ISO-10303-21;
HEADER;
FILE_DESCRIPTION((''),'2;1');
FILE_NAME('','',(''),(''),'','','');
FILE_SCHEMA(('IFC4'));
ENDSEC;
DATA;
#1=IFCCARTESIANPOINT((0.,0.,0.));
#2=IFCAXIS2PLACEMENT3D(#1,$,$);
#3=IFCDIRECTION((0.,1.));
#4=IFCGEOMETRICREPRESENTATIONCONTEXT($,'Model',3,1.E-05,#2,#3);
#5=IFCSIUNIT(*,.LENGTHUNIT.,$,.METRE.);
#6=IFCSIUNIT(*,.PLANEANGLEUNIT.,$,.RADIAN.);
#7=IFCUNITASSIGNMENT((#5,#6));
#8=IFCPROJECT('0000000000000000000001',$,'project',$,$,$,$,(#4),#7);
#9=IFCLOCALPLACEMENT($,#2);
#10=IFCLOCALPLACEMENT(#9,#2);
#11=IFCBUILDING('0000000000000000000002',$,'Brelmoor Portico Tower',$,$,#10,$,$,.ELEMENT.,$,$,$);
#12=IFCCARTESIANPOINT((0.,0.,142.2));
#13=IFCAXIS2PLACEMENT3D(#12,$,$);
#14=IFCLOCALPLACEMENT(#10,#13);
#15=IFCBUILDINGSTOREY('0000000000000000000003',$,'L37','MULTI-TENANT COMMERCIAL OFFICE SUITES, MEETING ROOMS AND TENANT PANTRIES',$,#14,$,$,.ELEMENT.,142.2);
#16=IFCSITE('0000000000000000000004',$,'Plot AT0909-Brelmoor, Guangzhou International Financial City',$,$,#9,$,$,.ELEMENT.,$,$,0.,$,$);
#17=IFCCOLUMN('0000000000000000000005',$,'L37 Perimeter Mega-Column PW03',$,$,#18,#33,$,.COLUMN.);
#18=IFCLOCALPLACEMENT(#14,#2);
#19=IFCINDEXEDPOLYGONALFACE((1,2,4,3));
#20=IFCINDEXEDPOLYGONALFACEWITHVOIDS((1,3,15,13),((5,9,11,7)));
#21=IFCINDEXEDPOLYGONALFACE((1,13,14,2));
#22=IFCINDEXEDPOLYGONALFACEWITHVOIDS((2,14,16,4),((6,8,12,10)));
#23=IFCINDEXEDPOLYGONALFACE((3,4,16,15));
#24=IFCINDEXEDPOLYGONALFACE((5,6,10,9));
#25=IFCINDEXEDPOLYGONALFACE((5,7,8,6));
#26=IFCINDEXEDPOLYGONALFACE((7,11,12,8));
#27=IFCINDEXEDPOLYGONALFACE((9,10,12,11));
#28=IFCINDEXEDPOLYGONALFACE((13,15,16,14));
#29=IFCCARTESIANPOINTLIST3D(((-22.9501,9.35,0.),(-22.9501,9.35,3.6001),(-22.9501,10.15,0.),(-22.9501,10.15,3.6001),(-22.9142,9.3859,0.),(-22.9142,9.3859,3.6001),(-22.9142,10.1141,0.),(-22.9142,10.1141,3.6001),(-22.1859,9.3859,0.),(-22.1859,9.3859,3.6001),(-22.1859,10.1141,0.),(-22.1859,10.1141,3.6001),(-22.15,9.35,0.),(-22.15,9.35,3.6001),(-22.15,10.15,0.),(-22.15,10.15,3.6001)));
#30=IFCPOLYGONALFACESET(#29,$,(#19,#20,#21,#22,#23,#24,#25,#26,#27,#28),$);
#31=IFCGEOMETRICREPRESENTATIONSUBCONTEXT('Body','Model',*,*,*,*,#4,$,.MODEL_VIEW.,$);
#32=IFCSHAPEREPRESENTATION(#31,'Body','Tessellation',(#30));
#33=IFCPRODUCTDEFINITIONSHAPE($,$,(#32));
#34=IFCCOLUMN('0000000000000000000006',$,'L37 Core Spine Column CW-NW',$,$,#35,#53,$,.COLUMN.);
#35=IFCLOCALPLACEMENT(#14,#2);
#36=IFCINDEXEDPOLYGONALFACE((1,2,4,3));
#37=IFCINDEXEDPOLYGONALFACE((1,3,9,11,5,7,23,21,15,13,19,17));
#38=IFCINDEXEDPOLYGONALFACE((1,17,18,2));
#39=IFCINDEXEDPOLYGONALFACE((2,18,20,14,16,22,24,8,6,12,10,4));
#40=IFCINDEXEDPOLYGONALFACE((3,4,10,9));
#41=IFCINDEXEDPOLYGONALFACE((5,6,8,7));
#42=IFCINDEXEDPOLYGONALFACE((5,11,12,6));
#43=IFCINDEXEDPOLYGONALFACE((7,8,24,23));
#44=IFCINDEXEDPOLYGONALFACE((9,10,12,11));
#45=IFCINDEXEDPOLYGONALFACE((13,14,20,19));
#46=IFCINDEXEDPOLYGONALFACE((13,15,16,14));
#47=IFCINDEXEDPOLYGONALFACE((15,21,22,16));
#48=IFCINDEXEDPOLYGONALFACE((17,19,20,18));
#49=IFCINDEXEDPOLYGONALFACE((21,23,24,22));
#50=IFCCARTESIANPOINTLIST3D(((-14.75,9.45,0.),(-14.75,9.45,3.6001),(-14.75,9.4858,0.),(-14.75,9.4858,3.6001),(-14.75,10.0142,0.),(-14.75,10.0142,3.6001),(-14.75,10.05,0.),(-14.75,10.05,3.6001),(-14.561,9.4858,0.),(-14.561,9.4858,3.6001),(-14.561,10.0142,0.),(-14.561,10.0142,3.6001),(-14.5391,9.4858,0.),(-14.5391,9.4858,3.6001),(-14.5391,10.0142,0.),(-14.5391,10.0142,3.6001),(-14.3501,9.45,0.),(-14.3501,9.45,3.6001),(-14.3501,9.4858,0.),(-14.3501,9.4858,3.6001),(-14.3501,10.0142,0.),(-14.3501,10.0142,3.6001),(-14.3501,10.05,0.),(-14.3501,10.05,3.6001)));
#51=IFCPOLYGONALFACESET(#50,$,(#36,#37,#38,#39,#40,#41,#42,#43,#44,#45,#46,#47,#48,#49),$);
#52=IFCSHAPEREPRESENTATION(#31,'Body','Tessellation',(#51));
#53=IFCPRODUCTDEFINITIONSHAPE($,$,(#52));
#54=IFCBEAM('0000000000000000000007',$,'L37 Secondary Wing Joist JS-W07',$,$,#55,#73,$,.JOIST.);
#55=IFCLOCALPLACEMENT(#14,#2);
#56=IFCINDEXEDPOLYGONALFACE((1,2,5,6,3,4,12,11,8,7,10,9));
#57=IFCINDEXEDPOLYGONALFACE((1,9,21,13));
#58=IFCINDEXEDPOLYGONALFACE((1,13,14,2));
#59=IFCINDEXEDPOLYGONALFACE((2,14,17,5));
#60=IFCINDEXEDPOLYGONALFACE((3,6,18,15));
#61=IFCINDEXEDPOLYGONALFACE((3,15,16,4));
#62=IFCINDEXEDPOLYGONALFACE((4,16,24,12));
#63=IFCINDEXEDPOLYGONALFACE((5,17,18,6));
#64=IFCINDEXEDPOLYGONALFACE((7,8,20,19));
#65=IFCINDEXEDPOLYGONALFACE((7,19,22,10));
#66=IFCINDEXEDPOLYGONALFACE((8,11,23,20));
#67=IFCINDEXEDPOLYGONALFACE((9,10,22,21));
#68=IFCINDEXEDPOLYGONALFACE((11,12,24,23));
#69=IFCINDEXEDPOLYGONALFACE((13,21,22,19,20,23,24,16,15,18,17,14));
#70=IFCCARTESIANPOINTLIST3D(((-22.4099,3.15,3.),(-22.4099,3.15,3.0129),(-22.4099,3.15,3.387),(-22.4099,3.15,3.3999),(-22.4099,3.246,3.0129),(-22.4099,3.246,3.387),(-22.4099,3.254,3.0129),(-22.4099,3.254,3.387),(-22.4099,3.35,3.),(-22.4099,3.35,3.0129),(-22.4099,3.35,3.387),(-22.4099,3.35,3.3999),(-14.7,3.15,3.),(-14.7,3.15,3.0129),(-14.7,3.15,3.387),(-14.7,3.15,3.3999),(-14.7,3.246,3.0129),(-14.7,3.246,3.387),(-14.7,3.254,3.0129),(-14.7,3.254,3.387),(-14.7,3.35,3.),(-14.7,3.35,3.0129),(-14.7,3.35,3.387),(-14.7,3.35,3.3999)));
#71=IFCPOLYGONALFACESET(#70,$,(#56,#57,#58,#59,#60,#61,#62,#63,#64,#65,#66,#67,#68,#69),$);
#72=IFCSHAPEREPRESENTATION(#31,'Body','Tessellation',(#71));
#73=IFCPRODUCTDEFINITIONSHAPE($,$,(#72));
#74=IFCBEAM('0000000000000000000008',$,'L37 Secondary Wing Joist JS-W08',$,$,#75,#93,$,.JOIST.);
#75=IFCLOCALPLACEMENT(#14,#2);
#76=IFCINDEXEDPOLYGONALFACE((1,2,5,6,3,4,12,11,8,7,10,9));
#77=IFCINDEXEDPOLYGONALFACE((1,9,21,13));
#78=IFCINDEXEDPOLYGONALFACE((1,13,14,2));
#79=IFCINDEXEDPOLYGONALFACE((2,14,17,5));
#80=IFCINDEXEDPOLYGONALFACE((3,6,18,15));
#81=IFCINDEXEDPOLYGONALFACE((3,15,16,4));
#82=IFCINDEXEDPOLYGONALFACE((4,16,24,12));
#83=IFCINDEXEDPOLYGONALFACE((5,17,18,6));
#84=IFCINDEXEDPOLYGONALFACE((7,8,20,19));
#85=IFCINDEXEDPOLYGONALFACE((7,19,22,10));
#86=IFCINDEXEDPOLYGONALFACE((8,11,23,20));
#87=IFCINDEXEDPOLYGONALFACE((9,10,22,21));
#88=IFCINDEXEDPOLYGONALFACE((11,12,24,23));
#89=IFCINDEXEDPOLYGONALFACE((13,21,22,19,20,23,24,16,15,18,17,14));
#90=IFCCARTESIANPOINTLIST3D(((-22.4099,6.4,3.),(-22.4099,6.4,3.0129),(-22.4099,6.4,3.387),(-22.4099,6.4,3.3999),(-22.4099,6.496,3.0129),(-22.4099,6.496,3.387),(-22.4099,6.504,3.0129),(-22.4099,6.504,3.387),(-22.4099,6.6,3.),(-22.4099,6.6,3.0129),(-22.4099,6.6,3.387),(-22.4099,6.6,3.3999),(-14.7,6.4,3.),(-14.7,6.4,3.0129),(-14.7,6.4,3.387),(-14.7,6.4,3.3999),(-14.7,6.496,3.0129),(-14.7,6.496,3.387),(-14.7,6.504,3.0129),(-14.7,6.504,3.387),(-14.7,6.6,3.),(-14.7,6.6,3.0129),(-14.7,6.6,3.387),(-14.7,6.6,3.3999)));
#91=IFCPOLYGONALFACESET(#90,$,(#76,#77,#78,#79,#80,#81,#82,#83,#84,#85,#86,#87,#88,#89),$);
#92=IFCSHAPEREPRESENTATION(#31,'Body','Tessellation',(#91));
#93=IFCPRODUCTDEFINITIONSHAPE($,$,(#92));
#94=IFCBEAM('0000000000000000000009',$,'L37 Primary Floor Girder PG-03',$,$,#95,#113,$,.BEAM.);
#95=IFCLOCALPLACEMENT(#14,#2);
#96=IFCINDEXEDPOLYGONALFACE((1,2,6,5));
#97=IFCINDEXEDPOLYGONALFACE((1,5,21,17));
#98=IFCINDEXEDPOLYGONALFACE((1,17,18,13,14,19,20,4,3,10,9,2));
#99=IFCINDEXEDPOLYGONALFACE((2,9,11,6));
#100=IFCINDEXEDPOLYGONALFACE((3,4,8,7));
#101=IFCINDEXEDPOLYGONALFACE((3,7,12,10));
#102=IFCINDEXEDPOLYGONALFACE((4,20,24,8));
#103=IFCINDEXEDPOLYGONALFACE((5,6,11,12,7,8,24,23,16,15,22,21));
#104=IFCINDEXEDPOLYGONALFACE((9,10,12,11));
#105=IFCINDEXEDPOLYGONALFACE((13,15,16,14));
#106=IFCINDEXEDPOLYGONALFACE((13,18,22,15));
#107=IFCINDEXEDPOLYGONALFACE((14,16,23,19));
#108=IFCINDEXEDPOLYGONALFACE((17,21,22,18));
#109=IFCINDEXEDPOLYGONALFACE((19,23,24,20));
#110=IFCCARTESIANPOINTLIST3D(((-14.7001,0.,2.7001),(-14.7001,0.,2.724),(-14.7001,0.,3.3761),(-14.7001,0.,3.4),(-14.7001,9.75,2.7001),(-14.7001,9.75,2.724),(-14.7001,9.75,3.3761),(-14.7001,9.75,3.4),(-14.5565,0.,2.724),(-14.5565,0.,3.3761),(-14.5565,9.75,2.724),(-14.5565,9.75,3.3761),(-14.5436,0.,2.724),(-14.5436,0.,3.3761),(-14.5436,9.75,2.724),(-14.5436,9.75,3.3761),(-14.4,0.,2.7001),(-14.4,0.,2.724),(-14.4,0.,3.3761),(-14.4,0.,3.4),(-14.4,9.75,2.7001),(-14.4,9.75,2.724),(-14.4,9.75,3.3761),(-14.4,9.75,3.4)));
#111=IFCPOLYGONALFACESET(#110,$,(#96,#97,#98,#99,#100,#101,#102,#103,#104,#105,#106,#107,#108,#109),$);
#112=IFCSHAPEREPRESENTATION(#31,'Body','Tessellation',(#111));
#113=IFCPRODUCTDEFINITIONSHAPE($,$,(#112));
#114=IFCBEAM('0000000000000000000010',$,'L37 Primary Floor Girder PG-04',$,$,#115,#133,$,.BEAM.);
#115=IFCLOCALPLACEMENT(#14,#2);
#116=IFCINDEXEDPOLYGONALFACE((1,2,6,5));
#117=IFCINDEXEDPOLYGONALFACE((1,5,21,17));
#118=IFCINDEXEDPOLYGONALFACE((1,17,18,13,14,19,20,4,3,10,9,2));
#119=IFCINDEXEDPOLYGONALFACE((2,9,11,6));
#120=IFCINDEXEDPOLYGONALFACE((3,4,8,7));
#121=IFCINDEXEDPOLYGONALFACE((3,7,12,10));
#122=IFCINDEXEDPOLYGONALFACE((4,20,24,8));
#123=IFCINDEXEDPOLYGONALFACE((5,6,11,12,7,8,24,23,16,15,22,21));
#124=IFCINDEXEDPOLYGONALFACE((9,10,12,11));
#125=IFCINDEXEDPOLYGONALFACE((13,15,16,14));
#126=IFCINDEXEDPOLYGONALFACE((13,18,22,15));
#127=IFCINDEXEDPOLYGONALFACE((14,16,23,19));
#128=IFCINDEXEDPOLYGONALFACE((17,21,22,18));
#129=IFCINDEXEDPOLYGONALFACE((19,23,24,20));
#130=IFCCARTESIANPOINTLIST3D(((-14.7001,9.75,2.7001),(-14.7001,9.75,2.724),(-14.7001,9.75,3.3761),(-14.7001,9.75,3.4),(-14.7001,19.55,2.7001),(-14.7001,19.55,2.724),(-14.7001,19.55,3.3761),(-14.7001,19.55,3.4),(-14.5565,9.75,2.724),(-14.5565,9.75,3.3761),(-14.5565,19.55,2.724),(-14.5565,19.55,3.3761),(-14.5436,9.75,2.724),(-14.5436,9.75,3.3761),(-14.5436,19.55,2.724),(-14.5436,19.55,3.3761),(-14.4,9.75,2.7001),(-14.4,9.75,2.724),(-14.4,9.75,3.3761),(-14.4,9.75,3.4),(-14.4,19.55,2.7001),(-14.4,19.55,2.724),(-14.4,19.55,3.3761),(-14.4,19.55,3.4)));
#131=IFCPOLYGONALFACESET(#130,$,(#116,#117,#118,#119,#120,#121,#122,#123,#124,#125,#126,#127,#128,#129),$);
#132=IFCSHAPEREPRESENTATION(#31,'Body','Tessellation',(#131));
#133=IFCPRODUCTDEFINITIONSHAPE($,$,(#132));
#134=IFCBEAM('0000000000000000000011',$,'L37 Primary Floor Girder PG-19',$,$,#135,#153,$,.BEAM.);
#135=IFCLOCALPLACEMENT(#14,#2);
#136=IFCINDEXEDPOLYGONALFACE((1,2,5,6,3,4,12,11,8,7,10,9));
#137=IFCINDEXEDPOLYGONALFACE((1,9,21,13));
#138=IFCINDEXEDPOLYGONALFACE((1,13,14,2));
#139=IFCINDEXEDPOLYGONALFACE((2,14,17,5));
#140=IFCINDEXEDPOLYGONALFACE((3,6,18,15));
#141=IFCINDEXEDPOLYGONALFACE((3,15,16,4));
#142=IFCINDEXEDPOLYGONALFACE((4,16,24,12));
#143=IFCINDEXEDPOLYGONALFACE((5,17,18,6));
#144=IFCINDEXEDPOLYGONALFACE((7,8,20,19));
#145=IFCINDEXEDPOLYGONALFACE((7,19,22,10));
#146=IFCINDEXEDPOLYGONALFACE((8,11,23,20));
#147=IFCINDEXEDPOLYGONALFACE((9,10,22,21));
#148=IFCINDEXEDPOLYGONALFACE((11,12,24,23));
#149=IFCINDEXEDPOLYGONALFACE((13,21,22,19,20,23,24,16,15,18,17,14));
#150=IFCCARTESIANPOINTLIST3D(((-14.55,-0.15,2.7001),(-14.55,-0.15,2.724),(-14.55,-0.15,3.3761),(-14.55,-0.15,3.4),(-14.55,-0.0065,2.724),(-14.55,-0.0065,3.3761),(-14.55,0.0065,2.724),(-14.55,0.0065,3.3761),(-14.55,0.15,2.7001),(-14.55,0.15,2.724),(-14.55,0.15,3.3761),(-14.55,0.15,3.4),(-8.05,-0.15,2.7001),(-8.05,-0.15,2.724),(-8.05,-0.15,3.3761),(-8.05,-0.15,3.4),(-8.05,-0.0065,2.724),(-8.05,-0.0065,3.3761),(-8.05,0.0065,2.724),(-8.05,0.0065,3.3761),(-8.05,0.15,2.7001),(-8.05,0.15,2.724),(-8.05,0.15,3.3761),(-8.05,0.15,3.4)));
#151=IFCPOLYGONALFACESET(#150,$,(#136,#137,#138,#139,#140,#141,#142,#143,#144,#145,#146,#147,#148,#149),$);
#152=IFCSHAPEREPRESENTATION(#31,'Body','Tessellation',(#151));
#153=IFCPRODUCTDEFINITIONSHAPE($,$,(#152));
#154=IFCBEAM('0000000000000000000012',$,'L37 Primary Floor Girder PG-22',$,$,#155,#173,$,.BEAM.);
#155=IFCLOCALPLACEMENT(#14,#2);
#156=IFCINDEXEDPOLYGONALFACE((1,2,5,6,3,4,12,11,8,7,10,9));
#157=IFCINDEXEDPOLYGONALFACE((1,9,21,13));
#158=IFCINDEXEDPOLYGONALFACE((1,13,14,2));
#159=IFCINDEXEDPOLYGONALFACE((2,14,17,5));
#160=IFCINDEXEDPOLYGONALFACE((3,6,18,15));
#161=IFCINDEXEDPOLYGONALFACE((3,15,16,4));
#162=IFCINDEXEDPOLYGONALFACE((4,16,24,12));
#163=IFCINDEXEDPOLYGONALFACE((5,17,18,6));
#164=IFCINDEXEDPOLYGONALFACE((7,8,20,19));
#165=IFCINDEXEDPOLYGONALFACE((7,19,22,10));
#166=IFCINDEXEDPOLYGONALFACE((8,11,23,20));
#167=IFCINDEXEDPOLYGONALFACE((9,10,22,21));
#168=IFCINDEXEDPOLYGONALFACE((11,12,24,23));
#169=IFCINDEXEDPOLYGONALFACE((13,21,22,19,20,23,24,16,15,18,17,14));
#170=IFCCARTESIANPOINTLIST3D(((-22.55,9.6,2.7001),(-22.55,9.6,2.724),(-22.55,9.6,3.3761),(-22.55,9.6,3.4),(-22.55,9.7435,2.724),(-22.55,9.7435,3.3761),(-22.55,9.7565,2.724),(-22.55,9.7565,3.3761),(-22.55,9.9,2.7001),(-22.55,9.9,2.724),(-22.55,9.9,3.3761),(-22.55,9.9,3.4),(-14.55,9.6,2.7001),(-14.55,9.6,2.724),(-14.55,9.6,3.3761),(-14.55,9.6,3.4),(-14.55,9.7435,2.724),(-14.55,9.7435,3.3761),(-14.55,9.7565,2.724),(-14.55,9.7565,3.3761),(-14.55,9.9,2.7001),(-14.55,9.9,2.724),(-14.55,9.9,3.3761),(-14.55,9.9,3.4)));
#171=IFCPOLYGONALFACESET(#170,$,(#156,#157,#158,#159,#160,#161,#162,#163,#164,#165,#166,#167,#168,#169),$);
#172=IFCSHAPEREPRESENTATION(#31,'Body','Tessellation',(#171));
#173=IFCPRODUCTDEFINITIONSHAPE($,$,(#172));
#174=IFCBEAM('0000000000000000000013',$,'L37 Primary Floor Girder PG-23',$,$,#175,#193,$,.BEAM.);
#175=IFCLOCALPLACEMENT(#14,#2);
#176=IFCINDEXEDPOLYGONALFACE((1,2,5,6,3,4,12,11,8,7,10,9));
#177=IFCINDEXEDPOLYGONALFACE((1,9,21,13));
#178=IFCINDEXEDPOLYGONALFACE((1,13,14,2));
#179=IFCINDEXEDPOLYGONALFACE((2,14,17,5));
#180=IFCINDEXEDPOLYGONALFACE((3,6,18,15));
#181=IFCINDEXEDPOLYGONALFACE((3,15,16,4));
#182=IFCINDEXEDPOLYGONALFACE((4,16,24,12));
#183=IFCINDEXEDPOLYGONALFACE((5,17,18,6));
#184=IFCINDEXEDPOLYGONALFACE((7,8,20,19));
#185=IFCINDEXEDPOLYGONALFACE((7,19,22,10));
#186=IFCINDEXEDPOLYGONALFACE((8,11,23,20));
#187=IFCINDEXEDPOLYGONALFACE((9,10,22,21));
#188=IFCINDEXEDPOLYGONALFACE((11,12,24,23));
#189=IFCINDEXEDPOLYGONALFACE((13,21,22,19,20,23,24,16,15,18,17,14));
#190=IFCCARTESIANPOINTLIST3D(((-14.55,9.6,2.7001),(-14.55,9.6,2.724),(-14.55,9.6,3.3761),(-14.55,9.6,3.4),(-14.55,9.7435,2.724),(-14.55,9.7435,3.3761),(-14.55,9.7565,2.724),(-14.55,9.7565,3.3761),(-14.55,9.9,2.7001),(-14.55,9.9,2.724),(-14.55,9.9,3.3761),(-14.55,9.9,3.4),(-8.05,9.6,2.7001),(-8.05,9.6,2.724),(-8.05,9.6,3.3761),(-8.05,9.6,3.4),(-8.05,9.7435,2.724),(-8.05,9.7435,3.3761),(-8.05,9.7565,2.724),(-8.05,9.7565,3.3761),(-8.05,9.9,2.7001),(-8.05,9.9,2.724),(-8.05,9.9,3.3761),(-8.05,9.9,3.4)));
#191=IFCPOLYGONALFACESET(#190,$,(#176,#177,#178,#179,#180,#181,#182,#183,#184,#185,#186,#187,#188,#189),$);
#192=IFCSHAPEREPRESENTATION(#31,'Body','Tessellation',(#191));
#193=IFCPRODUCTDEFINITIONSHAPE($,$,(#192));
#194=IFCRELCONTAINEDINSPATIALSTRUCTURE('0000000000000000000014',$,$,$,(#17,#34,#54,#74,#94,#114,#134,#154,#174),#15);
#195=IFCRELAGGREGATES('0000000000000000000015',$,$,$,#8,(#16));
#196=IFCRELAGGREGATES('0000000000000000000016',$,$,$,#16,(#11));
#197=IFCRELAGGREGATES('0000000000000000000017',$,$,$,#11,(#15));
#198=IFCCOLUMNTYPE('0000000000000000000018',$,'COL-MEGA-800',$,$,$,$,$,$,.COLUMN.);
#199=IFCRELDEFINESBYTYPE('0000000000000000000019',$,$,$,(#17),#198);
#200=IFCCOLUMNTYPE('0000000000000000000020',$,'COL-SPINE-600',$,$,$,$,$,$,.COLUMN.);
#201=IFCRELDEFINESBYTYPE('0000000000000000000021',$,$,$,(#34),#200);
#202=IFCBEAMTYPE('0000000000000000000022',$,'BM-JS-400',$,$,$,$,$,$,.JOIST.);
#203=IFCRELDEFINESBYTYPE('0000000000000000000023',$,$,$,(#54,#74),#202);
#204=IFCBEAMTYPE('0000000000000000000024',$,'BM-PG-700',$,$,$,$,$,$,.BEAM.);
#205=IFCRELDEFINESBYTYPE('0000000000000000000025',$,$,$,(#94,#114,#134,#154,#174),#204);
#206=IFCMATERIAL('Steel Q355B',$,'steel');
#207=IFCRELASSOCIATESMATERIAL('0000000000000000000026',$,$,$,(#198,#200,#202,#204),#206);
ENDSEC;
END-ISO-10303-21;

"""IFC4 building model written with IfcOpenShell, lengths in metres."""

from ifc_helpers import new_model, si_unit, direction, frame, origin, origin_2d, place, context, subcontext, project, spatial, hollow_rectangle, i_section, extrude, material, material_profile, profile_set, type_object, element, save


model = new_model("IFC4")

# Units and contexts
model_context = context("Model", 3, precision=1e-05, world=origin(), true_north=direction((0.0, 1.0)))
body_context = subcontext(model_context, "Body", "Model", "MODEL_VIEW")
ifc_project = project(units=[si_unit("LENGTHUNIT", "METRE"), si_unit("PLANEANGLEUNIT", "RADIAN")], contexts=[model_context])

# Site, building, storey
site_placement = place(None, origin())
site = spatial("IfcSite", under=ifc_project, at=site_placement, Name="Plot AT0909-Brelmoor, Guangzhou International Financial City", CompositionType="ELEMENT", RefElevation=0.0)
building_placement = place(site_placement, origin())
building = spatial("IfcBuilding", under=site, at=building_placement, Name="Brelmoor Portico Tower", CompositionType="ELEMENT")
storey_placement = place(building_placement, frame((0.0, 0.0, 142.2)))
storey = spatial("IfcBuildingStorey", under=building, at=storey_placement, Name="L37", Description="MULTI-TENANT COMMERCIAL OFFICE SUITES, MEETING ROOMS AND TENANT PANTRIES", CompositionType="ELEMENT", Elevation=142.2)

# Columns
ifc_material_1 = material(Name="Steel Q355B", Category="steel")
ifc_material_profile_1 = material_profile(ifc_material_1, hollow_rectangle(XDim=0.8, YDim=0.8, WallThickness=0.0359, at=origin_2d()), Name="BOX 800x800x36")
ifc_profile_set_1 = profile_set([ifc_material_profile_1], Name="Steel Q355B")
column_type_1 = type_object("IfcColumnType", Name="COL-MEGA-800", PredefinedType="COLUMN", material=ifc_profile_set_1)
column_1_placement = place(storey_placement, frame((-22.55, 9.75, 0.0), z_axis=(0.0, 0.0, 1.0), x_axis=(0.0, 1.0, 0.0)))
element("IfcColumn", 1, at=column_1_placement, inside=storey, type_object=column_type_1, Name="L37 Perimeter Mega-Column PW03", PredefinedType="COLUMN", context=body_context, shape_type="SweptSolid", body=[
    extrude(hollow_rectangle(XDim=0.8, YDim=0.8, WallThickness=0.0359, at=origin_2d()), origin(), (0.0, 0.0, 1.0), 3.6001),
])
ifc_material_profile_2 = material_profile(ifc_material_1, i_section(OverallWidth=0.3999, OverallDepth=0.6001, WebThickness=0.022, FlangeThickness=0.0359, at=origin_2d()), Name="HW 600x400x22x36")
ifc_profile_set_2 = profile_set([ifc_material_profile_2], Name="Steel Q355B")
column_type_2 = type_object("IfcColumnType", Name="COL-SPINE-600", PredefinedType="COLUMN", material=ifc_profile_set_2)
column_2_placement = place(storey_placement, frame((-14.55, 9.75, 0.0), z_axis=(0.0, 0.0, 1.0), x_axis=(1.0, 0.0, 0.0)))
element("IfcColumn", 2, at=column_2_placement, inside=storey, type_object=column_type_2, Name="L37 Core Spine Column CW-NW", PredefinedType="COLUMN", context=body_context, shape_type="SweptSolid", body=[
    extrude(i_section(OverallWidth=0.3999, OverallDepth=0.6001, WebThickness=0.022, FlangeThickness=0.0359, at=origin_2d()), origin(), (0.0, 0.0, 1.0), 3.6001),
])

# Beams
ifc_material_profile_3 = material_profile(ifc_material_1, i_section(OverallWidth=0.2, OverallDepth=0.3999, WebThickness=0.0081, FlangeThickness=0.0129, at=origin_2d()), Name="HN 400x200x8x13")
ifc_profile_set_3 = profile_set([ifc_material_profile_3], Name="Steel Q355B")
beam_type_1 = type_object("IfcBeamType", Name="BM-JS-400", PredefinedType="JOIST", material=ifc_profile_set_3)
for number, where, z_axis, x_axis, name in (
    (3, (-22.4099, 3.25, 3.2), (1.0, 0.0, 0.0), (0.0, 1.0, 0.0), "L37 Secondary Wing Joist JS-W07"),
    (4, (-22.4099, 6.5, 3.2), (1.0, 0.0, 0.0), (0.0, 1.0, 0.0), "L37 Secondary Wing Joist JS-W08"),
):
    element("IfcBeam", number, at=place(storey_placement, frame(where, z_axis=z_axis, x_axis=x_axis)), inside=storey, type_object=beam_type_1, Name=name, PredefinedType="JOIST", context=body_context, shape_type="SweptSolid", body=[
        extrude(i_section(OverallWidth=0.2, OverallDepth=0.3999, WebThickness=0.0081, FlangeThickness=0.0129, at=origin_2d()), origin(), (0.0, 0.0, 1.0), 7.71),
    ])
ifc_material_profile_4 = material_profile(ifc_material_1, i_section(OverallWidth=0.3, OverallDepth=0.7, WebThickness=0.0129, FlangeThickness=0.0239, at=origin_2d()), Name="HN 700x300x13x24")
ifc_profile_set_4 = profile_set([ifc_material_profile_4], Name="Steel Q355B")
beam_type_2 = type_object("IfcBeamType", Name="BM-PG-700", PredefinedType="BEAM", material=ifc_profile_set_4)
beam_1_placement = place(storey_placement, frame((-14.55, 0.0, 3.05), z_axis=(0.0, 1.0, 0.0), x_axis=(-1.0, 0.0, 0.0)))
element("IfcBeam", 5, at=beam_1_placement, inside=storey, type_object=beam_type_2, Name="L37 Primary Floor Girder PG-03", PredefinedType="BEAM", context=body_context, shape_type="SweptSolid", body=[
    extrude(i_section(OverallWidth=0.3, OverallDepth=0.7, WebThickness=0.0129, FlangeThickness=0.0239, at=origin_2d()), origin(), (0.0, 0.0, 1.0), 9.75),
])
beam_2_placement = place(storey_placement, frame((-14.55, 9.75, 3.05), z_axis=(0.0, 1.0, 0.0), x_axis=(-1.0, 0.0, 0.0)))
element("IfcBeam", 6, at=beam_2_placement, inside=storey, type_object=beam_type_2, Name="L37 Primary Floor Girder PG-04", PredefinedType="BEAM", context=body_context, shape_type="SweptSolid", body=[
    extrude(i_section(OverallWidth=0.3, OverallDepth=0.7, WebThickness=0.0129, FlangeThickness=0.0239, at=origin_2d()), origin(), (0.0, 0.0, 1.0), 9.8),
])
beam_3_placement = place(storey_placement, frame((-14.55, 0.0, 3.05), z_axis=(1.0, 0.0, 0.0), x_axis=(0.0, 1.0, 0.0)))
element("IfcBeam", 7, at=beam_3_placement, inside=storey, type_object=beam_type_2, Name="L37 Primary Floor Girder PG-19", PredefinedType="BEAM", context=body_context, shape_type="SweptSolid", body=[
    extrude(i_section(OverallWidth=0.3, OverallDepth=0.7, WebThickness=0.0129, FlangeThickness=0.0239, at=origin_2d()), origin(), (0.0, 0.0, 1.0), 6.5),
])
beam_4_placement = place(storey_placement, frame((-22.55, 9.75, 3.05), z_axis=(1.0, 0.0, 0.0), x_axis=(0.0, 1.0, 0.0)))
element("IfcBeam", 8, at=beam_4_placement, inside=storey, type_object=beam_type_2, Name="L37 Primary Floor Girder PG-22", PredefinedType="BEAM", context=body_context, shape_type="SweptSolid", body=[
    extrude(i_section(OverallWidth=0.3, OverallDepth=0.7, WebThickness=0.0129, FlangeThickness=0.0239, at=origin_2d()), origin(), (0.0, 0.0, 1.0), 8.0),
])
beam_5_placement = place(storey_placement, frame((-14.55, 9.75, 3.05), z_axis=(1.0, 0.0, 0.0), x_axis=(0.0, 1.0, 0.0)))
element("IfcBeam", 9, at=beam_5_placement, inside=storey, type_object=beam_type_2, Name="L37 Primary Floor Girder PG-23", PredefinedType="BEAM", context=body_context, shape_type="SweptSolid", body=[
    extrude(i_section(OverallWidth=0.3, OverallDepth=0.7, WebThickness=0.0129, FlangeThickness=0.0239, at=origin_2d()), origin(), (0.0, 0.0, 1.0), 6.5),
])

save(model, "model.ifc")
